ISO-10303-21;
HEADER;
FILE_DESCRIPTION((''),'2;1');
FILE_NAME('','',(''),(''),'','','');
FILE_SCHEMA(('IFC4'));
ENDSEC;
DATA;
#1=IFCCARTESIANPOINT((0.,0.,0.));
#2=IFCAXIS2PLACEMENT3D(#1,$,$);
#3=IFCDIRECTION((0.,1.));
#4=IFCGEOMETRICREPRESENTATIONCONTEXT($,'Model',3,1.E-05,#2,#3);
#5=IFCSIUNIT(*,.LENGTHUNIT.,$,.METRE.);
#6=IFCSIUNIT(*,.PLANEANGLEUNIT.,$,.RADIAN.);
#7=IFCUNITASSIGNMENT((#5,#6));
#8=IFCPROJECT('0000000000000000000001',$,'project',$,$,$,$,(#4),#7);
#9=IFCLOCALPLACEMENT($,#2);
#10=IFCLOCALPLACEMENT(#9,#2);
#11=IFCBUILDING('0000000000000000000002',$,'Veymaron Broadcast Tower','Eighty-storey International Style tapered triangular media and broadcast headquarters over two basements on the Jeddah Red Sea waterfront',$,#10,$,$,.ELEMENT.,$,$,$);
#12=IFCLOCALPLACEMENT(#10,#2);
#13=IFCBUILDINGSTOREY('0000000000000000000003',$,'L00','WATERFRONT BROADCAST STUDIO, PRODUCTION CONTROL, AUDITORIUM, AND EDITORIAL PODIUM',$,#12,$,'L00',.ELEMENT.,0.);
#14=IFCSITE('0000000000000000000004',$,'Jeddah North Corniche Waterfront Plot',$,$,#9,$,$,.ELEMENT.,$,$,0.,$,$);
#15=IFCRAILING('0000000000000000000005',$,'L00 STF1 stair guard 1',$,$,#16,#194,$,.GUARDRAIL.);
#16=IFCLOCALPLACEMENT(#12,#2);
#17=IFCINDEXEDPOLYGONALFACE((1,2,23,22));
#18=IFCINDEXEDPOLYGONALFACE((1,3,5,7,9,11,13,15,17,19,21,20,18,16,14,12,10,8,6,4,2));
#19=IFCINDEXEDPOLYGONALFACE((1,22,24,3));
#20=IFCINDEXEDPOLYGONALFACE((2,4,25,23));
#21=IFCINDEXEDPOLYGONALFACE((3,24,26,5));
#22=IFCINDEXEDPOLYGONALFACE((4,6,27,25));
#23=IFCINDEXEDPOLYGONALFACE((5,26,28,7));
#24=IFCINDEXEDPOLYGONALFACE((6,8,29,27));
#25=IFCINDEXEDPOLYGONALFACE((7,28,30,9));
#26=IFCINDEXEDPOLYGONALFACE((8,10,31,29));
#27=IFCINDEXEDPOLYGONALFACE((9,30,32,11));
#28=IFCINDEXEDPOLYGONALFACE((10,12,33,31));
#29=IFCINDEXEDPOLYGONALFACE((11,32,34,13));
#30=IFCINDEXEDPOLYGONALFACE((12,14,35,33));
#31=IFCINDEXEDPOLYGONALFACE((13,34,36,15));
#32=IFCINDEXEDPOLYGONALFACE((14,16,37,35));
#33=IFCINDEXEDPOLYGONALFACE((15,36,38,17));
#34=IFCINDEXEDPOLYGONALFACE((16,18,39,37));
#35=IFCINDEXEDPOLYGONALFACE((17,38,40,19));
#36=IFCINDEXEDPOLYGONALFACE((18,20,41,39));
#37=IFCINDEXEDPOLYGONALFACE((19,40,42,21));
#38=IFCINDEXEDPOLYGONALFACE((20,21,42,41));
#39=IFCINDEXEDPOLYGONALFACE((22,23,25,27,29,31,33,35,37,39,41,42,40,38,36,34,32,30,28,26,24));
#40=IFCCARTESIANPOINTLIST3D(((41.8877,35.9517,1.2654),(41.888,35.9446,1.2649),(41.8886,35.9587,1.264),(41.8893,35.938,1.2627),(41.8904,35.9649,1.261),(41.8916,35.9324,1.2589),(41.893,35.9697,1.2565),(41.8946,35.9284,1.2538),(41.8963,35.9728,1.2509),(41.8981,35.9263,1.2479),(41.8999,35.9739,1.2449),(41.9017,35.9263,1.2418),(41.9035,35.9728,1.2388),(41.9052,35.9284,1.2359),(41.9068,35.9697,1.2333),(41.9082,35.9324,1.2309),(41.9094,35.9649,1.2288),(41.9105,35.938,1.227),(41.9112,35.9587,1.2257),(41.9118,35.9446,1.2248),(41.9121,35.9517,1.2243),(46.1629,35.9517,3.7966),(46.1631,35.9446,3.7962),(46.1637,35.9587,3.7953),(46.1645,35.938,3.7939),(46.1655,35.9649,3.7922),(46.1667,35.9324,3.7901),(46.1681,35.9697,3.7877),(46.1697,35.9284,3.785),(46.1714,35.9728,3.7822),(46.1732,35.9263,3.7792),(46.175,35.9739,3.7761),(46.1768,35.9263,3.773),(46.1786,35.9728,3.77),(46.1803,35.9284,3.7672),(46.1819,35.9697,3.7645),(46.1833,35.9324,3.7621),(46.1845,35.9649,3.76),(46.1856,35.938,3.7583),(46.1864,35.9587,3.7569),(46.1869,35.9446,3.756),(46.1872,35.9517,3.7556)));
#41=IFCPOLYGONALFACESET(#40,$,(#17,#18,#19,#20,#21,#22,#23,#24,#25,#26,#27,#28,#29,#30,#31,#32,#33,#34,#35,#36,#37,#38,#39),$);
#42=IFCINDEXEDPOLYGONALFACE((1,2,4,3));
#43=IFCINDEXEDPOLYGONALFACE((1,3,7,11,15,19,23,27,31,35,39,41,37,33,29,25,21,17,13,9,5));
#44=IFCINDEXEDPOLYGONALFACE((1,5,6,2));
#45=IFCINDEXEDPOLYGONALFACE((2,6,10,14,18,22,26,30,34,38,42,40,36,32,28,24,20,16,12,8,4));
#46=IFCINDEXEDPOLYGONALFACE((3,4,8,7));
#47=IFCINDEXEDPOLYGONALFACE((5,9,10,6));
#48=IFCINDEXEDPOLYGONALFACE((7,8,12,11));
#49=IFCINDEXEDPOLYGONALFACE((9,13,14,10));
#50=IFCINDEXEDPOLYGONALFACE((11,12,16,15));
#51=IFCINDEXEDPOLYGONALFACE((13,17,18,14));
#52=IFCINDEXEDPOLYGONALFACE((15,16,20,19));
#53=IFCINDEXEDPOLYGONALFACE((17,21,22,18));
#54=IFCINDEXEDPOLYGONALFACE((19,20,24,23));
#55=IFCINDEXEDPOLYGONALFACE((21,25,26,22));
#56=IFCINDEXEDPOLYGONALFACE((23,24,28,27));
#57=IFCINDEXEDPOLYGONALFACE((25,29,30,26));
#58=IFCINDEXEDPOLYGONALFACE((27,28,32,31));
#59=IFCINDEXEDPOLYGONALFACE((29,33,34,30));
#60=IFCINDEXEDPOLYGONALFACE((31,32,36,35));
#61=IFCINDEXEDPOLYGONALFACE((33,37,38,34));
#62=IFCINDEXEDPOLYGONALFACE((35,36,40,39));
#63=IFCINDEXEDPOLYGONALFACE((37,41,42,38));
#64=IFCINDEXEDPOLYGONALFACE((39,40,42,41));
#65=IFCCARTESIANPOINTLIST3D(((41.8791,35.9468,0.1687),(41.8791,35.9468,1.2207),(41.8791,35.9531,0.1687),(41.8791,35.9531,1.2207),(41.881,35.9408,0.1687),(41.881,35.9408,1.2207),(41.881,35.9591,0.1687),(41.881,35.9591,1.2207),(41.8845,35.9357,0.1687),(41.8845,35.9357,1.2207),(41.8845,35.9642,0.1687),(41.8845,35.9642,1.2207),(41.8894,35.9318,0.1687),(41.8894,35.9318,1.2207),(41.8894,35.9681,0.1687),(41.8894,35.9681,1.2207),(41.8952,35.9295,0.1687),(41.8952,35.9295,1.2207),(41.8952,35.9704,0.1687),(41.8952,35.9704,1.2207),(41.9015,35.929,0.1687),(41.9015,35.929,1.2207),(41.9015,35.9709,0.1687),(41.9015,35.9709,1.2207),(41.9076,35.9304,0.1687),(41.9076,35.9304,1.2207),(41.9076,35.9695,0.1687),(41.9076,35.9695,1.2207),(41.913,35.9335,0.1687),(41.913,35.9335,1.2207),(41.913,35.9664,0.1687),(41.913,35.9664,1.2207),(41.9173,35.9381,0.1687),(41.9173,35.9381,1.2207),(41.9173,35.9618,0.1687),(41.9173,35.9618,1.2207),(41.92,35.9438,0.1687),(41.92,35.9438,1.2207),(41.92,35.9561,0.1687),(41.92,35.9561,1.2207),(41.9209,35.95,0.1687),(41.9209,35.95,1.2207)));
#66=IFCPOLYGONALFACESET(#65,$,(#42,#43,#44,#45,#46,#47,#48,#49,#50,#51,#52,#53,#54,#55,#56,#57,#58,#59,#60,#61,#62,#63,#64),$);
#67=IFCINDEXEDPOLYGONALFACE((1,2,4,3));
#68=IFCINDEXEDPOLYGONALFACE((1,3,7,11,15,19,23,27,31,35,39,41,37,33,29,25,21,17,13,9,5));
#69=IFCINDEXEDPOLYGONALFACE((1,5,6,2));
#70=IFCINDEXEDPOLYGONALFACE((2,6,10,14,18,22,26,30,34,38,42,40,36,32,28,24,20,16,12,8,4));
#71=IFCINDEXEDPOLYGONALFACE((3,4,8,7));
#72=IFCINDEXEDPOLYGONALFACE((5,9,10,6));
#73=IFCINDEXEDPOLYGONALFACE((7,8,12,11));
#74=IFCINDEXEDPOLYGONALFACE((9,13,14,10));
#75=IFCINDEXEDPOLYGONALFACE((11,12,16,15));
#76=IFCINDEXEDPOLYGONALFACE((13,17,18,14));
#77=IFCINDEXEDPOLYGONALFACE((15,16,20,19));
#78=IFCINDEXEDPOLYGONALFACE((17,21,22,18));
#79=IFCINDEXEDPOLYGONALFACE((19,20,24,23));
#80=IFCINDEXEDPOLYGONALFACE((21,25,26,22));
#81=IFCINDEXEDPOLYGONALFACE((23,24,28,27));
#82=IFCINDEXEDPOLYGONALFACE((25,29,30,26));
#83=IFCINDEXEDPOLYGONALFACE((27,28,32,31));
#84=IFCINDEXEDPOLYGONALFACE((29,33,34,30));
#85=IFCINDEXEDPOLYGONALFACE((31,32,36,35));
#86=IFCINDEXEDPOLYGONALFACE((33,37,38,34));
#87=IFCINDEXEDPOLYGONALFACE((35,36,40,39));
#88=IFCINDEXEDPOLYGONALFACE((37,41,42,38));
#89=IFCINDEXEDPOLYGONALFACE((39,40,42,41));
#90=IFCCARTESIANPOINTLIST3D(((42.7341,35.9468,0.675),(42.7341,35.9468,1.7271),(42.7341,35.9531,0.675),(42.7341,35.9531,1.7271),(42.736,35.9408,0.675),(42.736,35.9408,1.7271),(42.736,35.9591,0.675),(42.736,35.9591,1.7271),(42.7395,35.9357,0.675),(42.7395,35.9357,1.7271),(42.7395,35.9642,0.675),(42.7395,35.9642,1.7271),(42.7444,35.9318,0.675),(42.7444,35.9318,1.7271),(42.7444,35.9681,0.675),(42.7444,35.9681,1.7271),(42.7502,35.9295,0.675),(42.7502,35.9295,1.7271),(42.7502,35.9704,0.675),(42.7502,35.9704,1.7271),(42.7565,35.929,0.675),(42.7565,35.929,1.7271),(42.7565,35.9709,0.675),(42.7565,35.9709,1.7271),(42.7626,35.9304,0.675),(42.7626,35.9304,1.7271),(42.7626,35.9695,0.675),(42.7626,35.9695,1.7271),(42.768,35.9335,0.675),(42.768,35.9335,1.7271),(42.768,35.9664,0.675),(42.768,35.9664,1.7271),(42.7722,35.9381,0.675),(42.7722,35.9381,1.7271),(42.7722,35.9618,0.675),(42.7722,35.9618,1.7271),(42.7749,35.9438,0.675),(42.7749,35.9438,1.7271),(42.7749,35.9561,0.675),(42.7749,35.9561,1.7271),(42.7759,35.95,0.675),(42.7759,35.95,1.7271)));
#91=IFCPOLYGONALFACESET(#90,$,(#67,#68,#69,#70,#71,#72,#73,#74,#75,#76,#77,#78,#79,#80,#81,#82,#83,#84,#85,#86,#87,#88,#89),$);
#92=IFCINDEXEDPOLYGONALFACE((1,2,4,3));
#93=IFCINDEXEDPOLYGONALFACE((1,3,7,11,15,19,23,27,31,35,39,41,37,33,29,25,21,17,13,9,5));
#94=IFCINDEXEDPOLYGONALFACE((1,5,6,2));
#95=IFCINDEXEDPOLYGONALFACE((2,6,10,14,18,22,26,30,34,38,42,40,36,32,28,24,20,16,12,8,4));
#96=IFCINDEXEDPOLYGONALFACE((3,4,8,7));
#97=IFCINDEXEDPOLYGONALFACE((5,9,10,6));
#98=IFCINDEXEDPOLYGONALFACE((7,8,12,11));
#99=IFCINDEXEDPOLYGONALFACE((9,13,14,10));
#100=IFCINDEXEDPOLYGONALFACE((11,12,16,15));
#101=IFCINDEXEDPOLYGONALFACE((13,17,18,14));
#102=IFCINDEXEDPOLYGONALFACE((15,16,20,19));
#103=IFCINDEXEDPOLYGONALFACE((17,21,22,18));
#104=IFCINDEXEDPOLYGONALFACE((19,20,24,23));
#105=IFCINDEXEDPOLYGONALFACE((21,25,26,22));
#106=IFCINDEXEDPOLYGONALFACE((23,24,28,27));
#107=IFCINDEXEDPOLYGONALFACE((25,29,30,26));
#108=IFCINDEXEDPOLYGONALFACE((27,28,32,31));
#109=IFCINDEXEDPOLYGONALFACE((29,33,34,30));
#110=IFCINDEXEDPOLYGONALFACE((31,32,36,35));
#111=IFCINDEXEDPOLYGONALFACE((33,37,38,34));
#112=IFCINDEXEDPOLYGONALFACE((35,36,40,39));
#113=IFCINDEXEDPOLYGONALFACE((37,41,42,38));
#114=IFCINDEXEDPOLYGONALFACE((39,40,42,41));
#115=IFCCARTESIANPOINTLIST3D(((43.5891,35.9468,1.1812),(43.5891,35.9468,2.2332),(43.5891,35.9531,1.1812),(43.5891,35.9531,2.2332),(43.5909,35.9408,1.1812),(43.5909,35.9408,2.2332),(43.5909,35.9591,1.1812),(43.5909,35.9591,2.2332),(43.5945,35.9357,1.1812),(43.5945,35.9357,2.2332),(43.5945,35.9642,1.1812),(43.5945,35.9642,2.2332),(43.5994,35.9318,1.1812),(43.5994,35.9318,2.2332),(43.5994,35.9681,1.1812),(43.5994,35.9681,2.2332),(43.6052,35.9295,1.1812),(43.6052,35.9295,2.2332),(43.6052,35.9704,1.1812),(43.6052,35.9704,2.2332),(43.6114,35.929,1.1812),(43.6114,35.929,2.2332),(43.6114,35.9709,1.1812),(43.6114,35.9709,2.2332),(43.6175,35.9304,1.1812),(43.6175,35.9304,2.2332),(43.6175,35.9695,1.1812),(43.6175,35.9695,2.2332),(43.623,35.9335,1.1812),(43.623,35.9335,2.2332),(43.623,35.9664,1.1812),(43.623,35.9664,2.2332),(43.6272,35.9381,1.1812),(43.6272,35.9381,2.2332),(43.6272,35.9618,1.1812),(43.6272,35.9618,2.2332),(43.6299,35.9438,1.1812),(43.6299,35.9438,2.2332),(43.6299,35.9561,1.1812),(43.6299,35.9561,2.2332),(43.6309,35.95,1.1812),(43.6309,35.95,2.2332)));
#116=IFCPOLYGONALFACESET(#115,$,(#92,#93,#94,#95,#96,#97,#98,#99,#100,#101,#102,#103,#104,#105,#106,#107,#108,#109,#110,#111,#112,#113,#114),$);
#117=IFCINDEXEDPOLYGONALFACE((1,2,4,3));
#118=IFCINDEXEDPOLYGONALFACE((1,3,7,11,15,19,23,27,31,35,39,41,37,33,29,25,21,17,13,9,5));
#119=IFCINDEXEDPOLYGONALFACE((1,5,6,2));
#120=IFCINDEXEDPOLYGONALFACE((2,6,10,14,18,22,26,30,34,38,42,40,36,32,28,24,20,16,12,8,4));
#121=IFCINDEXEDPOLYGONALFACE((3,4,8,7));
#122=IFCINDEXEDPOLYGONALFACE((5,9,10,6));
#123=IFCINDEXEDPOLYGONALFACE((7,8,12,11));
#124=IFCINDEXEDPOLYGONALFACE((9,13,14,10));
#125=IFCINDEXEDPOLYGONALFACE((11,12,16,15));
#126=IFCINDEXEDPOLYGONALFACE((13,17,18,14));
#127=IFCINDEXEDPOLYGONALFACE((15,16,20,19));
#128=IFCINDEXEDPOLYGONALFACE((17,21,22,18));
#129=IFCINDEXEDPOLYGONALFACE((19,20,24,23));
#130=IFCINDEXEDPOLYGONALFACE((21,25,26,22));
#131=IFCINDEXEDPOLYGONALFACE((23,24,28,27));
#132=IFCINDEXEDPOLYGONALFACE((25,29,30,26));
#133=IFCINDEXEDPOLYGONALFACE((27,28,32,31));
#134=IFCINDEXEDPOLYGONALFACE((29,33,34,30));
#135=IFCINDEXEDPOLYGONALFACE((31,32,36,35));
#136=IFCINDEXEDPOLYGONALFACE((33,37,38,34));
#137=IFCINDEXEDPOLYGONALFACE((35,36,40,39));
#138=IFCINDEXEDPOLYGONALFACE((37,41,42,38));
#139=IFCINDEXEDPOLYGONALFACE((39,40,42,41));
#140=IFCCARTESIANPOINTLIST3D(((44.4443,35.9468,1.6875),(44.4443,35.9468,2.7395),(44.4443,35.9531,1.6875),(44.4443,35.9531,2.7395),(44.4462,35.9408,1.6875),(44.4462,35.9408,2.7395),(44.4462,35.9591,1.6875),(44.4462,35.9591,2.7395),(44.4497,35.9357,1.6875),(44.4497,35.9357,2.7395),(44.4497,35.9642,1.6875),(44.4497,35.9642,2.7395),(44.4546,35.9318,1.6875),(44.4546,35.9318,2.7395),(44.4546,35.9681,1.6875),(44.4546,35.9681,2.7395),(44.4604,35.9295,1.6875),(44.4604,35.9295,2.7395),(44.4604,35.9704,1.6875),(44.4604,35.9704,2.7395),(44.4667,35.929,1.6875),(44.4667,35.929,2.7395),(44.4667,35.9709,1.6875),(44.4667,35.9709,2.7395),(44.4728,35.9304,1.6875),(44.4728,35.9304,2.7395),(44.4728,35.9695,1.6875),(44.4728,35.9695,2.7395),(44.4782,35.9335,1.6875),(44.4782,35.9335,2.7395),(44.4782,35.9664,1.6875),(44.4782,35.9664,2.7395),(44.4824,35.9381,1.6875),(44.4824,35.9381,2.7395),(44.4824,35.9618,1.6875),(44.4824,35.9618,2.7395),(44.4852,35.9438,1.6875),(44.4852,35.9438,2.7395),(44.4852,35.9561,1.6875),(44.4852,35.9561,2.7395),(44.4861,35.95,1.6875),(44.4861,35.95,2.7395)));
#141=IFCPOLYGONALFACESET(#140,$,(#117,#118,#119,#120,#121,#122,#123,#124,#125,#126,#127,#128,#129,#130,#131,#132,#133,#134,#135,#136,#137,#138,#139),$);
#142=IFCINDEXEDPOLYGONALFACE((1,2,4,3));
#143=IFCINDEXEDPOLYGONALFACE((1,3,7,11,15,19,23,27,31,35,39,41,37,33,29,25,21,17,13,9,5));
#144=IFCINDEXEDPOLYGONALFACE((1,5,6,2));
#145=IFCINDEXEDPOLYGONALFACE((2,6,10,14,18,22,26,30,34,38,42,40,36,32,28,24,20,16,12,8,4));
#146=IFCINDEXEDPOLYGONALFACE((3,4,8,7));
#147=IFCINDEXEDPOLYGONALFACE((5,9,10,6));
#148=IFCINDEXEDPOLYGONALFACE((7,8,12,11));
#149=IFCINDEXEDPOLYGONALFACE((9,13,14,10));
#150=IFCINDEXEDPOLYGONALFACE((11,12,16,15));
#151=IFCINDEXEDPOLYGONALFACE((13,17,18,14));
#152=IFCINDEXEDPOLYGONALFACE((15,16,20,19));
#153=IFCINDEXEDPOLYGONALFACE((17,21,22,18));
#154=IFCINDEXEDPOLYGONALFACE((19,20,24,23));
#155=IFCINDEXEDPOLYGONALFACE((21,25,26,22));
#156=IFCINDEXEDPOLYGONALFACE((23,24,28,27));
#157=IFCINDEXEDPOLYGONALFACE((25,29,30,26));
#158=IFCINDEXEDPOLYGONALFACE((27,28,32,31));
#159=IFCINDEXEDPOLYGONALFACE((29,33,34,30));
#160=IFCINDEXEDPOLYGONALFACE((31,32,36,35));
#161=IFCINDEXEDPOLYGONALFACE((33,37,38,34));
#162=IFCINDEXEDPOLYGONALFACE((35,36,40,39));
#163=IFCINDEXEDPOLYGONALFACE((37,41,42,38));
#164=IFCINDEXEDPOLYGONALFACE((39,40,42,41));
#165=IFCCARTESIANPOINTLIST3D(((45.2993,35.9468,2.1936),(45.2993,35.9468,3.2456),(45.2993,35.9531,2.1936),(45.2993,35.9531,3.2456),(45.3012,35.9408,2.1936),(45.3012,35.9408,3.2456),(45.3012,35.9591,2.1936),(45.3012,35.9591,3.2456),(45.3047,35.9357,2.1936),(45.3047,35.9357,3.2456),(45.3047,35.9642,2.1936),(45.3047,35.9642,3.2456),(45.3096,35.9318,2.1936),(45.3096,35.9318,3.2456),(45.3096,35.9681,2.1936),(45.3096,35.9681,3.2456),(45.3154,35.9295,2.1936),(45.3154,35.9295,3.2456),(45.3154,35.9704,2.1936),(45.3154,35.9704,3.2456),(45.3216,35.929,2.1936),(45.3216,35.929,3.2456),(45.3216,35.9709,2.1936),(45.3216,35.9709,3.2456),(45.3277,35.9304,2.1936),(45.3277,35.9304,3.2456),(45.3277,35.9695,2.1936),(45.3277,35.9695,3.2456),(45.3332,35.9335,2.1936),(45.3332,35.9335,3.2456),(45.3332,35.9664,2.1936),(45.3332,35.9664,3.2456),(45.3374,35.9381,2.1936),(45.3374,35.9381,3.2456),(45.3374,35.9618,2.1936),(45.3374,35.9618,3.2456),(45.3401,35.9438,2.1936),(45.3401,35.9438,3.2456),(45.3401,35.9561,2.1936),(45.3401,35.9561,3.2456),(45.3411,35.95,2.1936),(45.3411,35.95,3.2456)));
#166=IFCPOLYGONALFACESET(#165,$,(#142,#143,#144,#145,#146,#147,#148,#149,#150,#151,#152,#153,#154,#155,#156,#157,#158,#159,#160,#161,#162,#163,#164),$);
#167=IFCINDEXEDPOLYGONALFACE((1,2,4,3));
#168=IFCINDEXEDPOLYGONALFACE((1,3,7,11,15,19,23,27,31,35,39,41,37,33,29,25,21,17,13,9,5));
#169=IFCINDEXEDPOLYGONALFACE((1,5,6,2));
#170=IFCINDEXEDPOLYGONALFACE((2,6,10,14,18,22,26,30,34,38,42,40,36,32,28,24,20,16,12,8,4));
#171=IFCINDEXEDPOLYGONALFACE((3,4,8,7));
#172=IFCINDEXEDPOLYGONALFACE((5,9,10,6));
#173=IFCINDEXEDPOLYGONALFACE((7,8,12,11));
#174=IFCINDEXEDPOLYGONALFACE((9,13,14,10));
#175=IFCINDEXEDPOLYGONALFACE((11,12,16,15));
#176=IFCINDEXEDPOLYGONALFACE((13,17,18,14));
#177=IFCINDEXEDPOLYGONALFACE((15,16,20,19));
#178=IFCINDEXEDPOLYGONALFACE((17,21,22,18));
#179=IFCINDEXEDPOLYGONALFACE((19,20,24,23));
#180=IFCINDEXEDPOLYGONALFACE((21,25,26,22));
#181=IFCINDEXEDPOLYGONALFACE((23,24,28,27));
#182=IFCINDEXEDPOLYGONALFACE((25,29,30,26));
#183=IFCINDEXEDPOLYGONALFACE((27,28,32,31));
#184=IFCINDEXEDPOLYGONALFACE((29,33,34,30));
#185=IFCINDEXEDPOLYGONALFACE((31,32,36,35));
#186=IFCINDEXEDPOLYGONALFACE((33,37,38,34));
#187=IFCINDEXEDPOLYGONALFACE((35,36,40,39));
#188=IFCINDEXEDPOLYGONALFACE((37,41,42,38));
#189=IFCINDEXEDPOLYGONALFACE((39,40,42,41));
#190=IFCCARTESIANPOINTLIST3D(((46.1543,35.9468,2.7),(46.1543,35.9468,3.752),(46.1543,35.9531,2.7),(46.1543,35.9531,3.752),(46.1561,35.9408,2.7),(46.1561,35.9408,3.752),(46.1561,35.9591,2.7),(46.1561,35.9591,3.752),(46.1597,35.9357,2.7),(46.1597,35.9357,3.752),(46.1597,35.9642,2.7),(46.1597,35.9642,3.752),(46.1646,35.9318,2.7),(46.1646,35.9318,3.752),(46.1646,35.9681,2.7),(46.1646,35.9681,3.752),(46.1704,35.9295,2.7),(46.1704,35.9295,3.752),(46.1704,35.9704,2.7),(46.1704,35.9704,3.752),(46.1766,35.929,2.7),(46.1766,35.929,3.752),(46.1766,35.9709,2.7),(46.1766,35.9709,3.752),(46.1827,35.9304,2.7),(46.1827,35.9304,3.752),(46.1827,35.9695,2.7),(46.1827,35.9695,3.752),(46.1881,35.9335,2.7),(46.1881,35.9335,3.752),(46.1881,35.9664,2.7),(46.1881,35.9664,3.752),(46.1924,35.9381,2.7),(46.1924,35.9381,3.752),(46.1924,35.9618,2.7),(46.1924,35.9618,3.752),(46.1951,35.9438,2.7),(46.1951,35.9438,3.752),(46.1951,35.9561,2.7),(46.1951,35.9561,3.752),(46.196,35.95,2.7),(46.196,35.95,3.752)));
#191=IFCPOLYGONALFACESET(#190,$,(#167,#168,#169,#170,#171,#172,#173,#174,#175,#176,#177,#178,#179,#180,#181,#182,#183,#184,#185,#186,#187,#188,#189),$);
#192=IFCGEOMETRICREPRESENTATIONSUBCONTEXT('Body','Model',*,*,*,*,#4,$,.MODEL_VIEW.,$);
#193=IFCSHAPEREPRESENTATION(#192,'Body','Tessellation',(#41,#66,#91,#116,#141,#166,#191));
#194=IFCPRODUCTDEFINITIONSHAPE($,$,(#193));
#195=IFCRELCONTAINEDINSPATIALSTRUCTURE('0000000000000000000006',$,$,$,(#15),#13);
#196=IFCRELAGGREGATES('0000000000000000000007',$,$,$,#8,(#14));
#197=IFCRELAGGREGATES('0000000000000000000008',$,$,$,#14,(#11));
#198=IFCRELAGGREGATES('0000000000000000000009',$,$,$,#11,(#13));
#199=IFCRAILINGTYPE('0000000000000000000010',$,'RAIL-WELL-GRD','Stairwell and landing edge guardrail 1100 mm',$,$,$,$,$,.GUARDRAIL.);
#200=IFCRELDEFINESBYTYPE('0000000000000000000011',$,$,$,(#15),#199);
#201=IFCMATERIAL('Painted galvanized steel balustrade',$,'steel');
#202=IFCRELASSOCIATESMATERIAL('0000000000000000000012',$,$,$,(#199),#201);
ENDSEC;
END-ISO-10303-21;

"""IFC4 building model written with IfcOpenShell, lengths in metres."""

from ifc_helpers import new_model, si_unit, direction, frame, origin, origin_2d, place, context, subcontext, project, spatial, circle, extrude, material, type_object, element, save


model = new_model("IFC4")

# Units and contexts
model_context = context("Model", 3, precision=1e-05, world=origin(), true_north=direction((0.0, 1.0)))
body_context = subcontext(model_context, "Body", "Model", "MODEL_VIEW")
ifc_project = project(units=[si_unit("LENGTHUNIT", "METRE"), si_unit("PLANEANGLEUNIT", "RADIAN")], contexts=[model_context])

# Site, building, storey
site_placement = place(None, origin())
site = spatial("IfcSite", under=ifc_project, at=site_placement, Name="Jeddah North Corniche Waterfront Plot", CompositionType="ELEMENT", RefElevation=0.0)
building_placement = place(site_placement, origin())
building = spatial("IfcBuilding", under=site, at=building_placement, Name="Veymaron Broadcast Tower", Description="Eighty-storey International Style tapered triangular media and broadcast headquarters over two basements on the Jeddah Red Sea waterfront", CompositionType="ELEMENT")
storey_placement = place(building_placement, origin())
storey = spatial("IfcBuildingStorey", under=building, at=storey_placement, Name="L00", Description="WATERFRONT BROADCAST STUDIO, PRODUCTION CONTROL, AUDITORIUM, AND EDITORIAL PODIUM", LongName="L00", CompositionType="ELEMENT", Elevation=0.0)

# Railing
ifc_material_1 = material(Name="Painted galvanized steel balustrade", Category="steel")
railing_type_1 = type_object("IfcRailingType", Name="RAIL-WELL-GRD", Description="Stairwell and landing edge guardrail 1100 mm", PredefinedType="GUARDRAIL", material=ifc_material_1)
railing_1_placement = place(storey_placement, frame((41.8999, 35.95, 0.1687)))
element("IfcRailing", 1, at=railing_1_placement, inside=storey, type_object=railing_type_1, Name="L00 STF1 stair guard 1", PredefinedType="GUARDRAIL", context=body_context, shape_type="SweptSolid", body=[
    extrude(circle(Radius=0.0239, at=origin_2d()), frame((0.0, 0.0, 1.0762), z_axis=(0.860483, 0.0, 0.509479), x_axis=(0.0, 1.0, 0.0)), (0.0, 0.0, 1.0), 4.9683),
    extrude(circle(Radius=0.021, at=origin_2d()), origin(), (0.0, 0.0, 1.0), 1.052),
    extrude(circle(Radius=0.021, at=origin_2d()), frame((0.855, 0.0, 0.5063)), (0.0, 0.0, 1.0), 1.052),
    extrude(circle(Radius=0.021, at=origin_2d()), frame((1.71, 0.0, 1.0125)), (0.0, 0.0, 1.0), 1.052),
    extrude(circle(Radius=0.021, at=origin_2d()), frame((2.5652, 0.0, 1.5188)), (0.0, 0.0, 1.0), 1.052),
    extrude(circle(Radius=0.021, at=origin_2d()), frame((3.4202, 0.0, 2.0249)), (0.0, 0.0, 1.0), 1.052),
    extrude(circle(Radius=0.021, at=origin_2d()), frame((4.2751, 0.0, 2.5312)), (0.0, 0.0, 1.0), 1.052),
])

save(model, "model.ifc")
